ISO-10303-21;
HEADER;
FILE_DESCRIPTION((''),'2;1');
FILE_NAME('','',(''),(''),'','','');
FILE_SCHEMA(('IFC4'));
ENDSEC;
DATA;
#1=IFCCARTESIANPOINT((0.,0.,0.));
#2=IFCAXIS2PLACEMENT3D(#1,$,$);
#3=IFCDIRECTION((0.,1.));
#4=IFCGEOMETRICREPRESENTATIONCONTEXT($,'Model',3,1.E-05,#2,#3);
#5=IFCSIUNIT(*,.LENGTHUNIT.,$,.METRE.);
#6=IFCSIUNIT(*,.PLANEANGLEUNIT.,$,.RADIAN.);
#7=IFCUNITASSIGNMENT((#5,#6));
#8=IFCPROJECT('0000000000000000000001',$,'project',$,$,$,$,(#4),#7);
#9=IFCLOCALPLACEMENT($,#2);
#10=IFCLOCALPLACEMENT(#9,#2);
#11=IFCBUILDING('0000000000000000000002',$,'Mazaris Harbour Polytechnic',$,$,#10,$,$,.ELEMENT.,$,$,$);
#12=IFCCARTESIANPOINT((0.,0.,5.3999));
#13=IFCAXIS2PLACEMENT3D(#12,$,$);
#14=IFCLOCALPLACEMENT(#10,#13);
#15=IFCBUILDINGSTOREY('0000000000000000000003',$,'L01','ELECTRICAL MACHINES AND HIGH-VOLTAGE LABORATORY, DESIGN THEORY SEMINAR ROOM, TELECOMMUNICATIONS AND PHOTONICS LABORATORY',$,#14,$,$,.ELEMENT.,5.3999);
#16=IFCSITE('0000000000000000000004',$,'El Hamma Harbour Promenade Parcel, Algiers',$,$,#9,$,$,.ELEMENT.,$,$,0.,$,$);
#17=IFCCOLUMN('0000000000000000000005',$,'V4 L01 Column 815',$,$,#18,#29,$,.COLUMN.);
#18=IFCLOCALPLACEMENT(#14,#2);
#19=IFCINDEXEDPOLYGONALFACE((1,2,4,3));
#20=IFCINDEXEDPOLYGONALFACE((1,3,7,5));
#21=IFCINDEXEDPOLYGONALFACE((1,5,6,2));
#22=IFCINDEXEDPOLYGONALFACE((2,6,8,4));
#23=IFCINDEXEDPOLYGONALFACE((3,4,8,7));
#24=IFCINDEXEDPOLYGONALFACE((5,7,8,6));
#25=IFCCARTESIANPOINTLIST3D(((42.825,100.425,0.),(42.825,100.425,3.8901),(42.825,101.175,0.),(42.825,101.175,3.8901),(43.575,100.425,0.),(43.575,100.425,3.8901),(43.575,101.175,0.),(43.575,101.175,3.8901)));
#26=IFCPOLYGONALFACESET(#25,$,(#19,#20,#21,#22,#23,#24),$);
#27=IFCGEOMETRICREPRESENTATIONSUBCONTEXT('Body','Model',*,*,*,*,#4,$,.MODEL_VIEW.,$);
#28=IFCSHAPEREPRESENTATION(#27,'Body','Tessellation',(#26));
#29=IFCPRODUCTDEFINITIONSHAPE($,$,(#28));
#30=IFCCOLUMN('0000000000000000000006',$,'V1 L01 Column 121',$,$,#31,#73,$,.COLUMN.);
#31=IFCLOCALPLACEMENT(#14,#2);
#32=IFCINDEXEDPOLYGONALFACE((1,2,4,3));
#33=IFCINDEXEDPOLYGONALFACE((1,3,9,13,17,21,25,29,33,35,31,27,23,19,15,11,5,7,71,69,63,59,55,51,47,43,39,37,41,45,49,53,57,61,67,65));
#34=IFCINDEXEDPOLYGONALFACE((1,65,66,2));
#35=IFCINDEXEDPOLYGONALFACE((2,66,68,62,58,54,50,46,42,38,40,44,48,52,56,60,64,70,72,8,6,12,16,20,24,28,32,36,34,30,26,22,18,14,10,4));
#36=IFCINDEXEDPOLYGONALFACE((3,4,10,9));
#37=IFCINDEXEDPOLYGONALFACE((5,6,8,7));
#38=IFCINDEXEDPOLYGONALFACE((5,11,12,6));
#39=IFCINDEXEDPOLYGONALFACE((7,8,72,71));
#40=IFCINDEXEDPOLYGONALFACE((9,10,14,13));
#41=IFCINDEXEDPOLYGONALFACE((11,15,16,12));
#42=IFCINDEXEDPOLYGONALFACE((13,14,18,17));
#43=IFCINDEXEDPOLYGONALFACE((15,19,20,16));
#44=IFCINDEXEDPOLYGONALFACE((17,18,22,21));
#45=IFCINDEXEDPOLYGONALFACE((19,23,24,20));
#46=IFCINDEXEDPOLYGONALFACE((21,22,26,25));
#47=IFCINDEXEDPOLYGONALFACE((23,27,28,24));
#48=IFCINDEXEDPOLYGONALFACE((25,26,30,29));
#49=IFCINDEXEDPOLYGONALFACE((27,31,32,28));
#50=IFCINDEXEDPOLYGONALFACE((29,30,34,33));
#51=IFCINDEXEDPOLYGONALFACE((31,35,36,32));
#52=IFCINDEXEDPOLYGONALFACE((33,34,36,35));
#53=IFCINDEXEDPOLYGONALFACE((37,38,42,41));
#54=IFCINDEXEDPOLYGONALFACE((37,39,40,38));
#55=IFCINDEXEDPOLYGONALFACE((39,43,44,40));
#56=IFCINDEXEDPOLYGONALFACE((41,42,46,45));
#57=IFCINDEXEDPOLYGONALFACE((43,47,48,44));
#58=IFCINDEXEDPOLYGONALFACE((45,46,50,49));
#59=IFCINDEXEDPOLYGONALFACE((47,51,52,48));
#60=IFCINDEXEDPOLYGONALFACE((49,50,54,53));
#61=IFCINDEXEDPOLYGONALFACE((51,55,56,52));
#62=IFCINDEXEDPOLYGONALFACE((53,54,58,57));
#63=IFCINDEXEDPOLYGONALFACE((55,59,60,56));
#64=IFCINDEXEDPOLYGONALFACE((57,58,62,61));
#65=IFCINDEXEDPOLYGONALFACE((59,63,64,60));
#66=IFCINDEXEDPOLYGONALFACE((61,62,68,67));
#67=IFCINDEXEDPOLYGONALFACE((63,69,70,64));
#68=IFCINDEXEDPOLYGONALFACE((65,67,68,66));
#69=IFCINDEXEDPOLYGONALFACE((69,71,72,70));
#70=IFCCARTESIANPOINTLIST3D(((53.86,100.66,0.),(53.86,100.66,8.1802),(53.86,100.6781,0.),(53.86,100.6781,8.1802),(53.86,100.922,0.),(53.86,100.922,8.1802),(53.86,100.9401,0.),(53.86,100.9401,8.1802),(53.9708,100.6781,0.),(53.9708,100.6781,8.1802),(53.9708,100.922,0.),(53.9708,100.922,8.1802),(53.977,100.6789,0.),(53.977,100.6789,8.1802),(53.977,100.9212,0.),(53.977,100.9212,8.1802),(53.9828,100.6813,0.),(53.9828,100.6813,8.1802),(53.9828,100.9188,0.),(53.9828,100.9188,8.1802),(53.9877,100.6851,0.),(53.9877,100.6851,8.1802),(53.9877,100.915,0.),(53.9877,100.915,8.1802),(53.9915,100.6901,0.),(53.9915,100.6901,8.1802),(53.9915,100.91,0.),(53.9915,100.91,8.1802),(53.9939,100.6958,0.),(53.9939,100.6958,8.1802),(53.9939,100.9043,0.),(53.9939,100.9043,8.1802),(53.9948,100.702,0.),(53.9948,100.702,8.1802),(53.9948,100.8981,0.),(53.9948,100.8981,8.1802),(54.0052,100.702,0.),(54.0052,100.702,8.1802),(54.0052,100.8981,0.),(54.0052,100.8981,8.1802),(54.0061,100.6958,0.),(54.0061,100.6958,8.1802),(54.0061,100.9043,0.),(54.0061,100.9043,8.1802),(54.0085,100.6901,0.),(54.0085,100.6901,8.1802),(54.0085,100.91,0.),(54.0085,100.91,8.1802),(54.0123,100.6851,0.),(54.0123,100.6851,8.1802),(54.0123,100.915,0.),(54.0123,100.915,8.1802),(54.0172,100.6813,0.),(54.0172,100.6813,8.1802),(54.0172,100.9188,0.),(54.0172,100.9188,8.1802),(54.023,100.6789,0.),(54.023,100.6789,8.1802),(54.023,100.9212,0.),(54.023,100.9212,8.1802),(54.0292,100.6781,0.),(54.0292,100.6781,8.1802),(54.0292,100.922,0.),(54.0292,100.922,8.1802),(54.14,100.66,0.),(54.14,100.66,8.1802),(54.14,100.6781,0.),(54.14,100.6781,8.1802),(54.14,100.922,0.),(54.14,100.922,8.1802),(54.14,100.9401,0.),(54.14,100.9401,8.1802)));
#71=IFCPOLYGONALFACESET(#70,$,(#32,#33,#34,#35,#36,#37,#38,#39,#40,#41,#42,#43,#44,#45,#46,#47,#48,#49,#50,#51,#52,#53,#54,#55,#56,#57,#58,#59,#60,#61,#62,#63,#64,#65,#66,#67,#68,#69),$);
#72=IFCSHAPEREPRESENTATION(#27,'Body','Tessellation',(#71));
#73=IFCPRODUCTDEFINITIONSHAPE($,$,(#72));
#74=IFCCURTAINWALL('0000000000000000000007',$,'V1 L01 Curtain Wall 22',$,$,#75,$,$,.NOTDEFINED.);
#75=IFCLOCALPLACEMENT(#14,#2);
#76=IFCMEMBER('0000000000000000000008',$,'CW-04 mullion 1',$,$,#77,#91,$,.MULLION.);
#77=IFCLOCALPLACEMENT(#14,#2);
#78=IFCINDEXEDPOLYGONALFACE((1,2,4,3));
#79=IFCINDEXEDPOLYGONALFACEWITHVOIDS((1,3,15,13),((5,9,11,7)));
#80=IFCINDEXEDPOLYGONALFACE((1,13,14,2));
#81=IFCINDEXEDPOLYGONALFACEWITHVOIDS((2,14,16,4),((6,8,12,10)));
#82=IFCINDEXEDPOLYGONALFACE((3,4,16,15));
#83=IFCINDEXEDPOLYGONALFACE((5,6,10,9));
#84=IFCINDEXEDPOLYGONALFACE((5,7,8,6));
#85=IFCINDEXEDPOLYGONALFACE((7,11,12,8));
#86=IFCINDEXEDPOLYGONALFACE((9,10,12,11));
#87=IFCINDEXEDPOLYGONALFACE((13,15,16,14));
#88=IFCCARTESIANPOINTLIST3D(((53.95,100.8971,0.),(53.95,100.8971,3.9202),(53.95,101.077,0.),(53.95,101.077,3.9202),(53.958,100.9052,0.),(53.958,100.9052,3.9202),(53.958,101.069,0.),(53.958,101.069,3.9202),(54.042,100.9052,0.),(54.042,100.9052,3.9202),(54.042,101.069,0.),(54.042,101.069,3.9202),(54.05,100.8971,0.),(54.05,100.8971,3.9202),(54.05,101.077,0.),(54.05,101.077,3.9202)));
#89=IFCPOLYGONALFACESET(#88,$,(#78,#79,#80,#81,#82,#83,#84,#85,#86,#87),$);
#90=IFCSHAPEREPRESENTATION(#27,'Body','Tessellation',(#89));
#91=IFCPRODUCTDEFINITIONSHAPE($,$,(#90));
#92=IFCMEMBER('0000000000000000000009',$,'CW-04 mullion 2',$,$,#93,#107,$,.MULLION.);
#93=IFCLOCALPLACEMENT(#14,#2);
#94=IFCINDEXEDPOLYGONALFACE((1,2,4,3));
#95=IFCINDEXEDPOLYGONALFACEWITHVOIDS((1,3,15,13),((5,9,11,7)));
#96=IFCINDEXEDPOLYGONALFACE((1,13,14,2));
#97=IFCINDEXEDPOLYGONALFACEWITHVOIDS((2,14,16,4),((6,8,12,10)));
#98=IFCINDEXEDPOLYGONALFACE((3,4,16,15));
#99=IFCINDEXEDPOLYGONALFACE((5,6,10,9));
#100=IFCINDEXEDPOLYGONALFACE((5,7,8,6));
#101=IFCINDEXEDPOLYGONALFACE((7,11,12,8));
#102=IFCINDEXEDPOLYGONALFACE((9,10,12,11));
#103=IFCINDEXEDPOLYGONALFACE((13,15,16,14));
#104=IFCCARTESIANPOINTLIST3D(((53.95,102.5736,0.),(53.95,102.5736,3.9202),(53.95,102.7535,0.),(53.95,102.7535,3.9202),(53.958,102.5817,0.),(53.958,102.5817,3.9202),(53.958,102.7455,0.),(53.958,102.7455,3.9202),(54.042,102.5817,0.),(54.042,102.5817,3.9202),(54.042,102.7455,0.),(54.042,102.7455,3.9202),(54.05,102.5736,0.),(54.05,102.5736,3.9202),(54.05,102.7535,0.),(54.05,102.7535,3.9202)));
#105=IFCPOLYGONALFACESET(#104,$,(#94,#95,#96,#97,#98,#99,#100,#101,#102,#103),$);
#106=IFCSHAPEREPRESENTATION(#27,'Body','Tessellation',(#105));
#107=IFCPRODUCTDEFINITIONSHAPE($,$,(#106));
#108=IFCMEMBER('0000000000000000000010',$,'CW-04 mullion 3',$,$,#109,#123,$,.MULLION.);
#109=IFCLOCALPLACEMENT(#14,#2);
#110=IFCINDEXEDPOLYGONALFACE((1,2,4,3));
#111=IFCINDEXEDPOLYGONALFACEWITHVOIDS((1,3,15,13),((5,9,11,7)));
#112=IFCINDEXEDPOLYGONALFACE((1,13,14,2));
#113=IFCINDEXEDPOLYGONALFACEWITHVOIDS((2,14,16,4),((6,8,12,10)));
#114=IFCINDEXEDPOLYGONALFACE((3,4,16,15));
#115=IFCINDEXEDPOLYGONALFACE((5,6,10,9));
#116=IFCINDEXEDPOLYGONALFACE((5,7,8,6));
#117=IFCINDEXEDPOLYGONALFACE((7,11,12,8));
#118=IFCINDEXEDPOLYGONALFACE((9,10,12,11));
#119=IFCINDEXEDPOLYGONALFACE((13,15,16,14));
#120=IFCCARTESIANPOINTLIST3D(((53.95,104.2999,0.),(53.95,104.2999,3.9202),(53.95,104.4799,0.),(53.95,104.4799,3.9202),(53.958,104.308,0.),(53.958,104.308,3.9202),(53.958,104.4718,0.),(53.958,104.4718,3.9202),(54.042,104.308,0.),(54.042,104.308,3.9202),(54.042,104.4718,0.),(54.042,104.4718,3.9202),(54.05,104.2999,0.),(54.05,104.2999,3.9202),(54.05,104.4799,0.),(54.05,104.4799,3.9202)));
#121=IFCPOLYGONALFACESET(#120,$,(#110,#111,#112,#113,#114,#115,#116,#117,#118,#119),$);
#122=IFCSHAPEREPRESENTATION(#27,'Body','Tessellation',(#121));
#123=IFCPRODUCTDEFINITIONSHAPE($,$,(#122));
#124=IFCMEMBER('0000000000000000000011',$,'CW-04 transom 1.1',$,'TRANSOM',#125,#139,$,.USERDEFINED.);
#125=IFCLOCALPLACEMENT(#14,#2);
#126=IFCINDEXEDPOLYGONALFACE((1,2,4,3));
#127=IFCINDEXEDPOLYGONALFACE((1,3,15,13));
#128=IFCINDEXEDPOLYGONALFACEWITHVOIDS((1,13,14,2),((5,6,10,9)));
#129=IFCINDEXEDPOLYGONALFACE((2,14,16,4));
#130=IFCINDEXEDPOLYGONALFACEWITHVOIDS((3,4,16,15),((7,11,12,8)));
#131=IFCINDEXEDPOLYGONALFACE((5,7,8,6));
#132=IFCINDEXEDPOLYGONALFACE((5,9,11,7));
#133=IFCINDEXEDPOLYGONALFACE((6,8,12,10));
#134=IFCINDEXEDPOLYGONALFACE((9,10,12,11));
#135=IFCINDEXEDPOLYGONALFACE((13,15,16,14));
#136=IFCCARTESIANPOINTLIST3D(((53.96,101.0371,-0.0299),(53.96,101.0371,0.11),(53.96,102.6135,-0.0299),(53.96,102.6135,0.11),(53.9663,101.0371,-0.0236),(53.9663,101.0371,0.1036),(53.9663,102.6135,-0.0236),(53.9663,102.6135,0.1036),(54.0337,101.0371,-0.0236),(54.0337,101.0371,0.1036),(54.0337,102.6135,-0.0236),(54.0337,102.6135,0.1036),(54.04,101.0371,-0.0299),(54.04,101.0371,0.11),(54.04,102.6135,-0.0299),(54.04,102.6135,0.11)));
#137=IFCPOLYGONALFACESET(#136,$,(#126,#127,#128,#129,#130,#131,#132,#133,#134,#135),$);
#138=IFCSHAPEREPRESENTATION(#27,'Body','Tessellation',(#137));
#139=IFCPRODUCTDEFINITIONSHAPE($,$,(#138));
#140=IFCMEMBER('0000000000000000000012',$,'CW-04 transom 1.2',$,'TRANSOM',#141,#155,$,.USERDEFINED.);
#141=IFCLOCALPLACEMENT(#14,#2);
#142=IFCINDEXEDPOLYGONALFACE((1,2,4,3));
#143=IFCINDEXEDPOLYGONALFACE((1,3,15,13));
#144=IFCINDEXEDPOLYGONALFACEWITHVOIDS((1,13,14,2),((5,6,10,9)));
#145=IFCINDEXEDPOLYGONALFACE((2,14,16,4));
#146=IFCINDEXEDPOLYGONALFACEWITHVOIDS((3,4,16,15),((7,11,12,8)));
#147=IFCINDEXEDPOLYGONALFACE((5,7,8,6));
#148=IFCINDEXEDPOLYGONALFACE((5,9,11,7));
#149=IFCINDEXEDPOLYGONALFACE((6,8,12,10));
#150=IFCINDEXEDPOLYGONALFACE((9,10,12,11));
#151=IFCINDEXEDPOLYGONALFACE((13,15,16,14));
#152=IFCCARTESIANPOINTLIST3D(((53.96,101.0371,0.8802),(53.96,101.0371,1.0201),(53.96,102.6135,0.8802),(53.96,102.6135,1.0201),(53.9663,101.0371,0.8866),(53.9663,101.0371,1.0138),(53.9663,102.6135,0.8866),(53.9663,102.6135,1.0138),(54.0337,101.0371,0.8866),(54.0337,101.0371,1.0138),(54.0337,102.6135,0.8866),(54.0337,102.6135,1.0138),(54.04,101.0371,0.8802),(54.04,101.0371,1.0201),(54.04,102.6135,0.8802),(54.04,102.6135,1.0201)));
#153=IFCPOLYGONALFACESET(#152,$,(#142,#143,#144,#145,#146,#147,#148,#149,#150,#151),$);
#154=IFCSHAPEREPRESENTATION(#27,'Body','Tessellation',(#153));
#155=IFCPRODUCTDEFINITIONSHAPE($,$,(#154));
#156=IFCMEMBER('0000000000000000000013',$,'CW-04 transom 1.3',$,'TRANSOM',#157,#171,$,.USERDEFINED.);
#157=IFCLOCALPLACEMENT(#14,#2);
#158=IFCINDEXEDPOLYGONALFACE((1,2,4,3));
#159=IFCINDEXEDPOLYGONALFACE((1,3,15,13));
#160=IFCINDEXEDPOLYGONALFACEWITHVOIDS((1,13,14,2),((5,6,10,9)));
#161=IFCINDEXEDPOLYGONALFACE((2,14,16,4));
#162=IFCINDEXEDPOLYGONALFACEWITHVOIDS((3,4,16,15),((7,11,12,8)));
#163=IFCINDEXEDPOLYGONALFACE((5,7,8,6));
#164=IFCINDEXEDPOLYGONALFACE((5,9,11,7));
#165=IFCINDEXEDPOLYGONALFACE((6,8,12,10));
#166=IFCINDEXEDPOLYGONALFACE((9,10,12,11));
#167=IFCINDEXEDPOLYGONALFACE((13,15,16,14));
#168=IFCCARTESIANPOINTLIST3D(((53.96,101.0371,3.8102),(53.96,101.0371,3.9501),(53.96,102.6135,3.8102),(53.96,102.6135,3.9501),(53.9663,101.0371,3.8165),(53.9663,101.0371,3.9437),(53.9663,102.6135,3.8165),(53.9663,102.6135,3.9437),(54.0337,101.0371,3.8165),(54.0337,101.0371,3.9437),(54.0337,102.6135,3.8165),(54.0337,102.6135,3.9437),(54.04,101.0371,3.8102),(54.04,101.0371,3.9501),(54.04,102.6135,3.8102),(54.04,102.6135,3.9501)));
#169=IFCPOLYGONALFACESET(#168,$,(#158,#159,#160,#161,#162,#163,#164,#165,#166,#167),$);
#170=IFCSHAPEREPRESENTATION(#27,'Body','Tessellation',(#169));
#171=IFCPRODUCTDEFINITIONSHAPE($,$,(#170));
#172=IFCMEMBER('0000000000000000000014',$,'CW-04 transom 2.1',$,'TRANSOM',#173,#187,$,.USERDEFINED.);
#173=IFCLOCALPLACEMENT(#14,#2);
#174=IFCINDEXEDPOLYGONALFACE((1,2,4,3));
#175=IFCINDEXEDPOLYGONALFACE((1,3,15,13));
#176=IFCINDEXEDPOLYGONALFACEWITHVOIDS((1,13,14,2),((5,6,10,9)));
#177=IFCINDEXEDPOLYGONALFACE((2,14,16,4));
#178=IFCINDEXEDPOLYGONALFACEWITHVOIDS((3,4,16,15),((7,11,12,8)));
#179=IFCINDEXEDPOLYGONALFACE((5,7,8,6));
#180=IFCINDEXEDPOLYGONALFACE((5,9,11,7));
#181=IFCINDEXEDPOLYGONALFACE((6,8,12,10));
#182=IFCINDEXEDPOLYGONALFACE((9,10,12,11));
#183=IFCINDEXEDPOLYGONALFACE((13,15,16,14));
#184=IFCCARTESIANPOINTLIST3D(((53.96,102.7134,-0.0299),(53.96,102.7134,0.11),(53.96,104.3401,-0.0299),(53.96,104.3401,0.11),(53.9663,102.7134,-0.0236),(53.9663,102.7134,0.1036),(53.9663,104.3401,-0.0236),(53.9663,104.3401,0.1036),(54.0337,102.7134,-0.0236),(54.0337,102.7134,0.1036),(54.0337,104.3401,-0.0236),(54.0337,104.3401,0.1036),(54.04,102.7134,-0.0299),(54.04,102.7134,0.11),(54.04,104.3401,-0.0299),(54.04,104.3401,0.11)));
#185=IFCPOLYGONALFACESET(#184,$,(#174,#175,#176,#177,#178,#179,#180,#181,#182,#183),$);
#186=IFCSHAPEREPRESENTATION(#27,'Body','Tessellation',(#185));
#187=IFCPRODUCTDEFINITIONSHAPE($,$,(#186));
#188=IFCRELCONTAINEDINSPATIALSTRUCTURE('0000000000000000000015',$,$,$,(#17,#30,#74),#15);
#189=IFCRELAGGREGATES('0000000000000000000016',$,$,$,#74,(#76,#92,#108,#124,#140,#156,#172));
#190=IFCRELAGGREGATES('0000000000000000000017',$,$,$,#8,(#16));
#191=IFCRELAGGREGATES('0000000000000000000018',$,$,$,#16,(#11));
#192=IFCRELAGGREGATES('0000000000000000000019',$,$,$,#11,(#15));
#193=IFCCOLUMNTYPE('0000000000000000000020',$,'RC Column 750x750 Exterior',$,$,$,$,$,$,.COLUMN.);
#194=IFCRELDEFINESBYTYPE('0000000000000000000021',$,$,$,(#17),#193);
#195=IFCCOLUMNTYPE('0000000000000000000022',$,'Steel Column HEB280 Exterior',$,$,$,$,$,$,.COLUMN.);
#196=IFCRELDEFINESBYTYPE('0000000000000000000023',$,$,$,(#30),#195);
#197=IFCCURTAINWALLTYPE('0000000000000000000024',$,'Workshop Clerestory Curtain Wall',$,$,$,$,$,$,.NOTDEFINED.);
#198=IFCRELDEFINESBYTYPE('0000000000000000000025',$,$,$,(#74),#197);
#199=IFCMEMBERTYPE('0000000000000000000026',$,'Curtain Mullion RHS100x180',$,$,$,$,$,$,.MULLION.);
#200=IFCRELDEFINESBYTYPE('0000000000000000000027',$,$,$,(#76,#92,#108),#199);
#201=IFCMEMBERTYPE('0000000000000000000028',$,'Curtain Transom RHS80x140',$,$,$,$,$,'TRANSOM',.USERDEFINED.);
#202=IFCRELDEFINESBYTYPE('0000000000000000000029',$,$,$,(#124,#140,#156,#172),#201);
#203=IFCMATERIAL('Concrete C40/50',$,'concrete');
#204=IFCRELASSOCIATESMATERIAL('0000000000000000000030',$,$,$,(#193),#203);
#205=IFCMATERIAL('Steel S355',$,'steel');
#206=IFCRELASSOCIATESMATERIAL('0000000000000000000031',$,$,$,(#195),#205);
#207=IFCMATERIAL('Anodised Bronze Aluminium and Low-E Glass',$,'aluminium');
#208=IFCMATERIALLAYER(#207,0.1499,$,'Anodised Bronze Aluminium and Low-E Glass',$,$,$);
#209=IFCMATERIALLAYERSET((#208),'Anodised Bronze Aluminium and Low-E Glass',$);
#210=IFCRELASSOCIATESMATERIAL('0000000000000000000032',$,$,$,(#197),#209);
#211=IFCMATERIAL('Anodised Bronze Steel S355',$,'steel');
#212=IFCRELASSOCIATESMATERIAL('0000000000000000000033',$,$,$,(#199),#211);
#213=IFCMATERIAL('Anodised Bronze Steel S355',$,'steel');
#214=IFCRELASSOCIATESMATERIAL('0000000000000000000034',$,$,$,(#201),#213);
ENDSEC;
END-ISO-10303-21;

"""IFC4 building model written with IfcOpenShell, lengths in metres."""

from ifc_helpers import new_model, si_unit, direction, frame, origin, origin_2d, place, context, subcontext, project, spatial, rectangle, hollow_rectangle, i_section, extrude, material, layer, layer_set, material_profile, profile_set, type_object, element, aggregate, save


model = new_model("IFC4")

# Units and contexts
model_context = context("Model", 3, precision=1e-05, world=origin(), true_north=direction((0.0, 1.0)))
body_context = subcontext(model_context, "Body", "Model", "MODEL_VIEW")
ifc_project = project(units=[si_unit("LENGTHUNIT", "METRE"), si_unit("PLANEANGLEUNIT", "RADIAN")], contexts=[model_context])

# Site, building, storey
site_placement = place(None, origin())
site = spatial("IfcSite", under=ifc_project, at=site_placement, Name="El Hamma Harbour Promenade Parcel, Algiers", CompositionType="ELEMENT", RefElevation=0.0)
building_placement = place(site_placement, origin())
building = spatial("IfcBuilding", under=site, at=building_placement, Name="Mazaris Harbour Polytechnic", CompositionType="ELEMENT")
storey_placement = place(building_placement, frame((0.0, 0.0, 5.3999)))
storey = spatial("IfcBuildingStorey", under=building, at=storey_placement, Name="L01", Description="ELECTRICAL MACHINES AND HIGH-VOLTAGE LABORATORY, DESIGN THEORY SEMINAR ROOM, TELECOMMUNICATIONS AND PHOTONICS LABORATORY", CompositionType="ELEMENT", Elevation=5.3999)

# Columns
ifc_material_1 = material(Name="Concrete C40/50", Category="concrete")
ifc_material_profile_1 = material_profile(ifc_material_1, rectangle(XDim=0.75, YDim=0.75, at=origin_2d()), Name="RECT750x750")
ifc_profile_set_1 = profile_set([ifc_material_profile_1], Name="Concrete C40/50")
column_type_1 = type_object("IfcColumnType", Name="RC Column 750x750 Exterior", PredefinedType="COLUMN", material=ifc_profile_set_1)
column_1_placement = place(storey_placement, frame((43.2, 100.8, 0.0), z_axis=(0.0, 0.0, 1.0), x_axis=(1.0, 0.0, 0.0)))
element("IfcColumn", 1, at=column_1_placement, inside=storey, type_object=column_type_1, Name="V4 L01 Column 815", PredefinedType="COLUMN", context=body_context, shape_type="SweptSolid", body=[
    extrude(rectangle(XDim=0.75, YDim=0.75, at=origin_2d()), origin(), (0.0, 0.0, 1.0), 3.8901),
])
ifc_material_2 = material(Name="Steel S355", Category="steel")
ifc_material_profile_2 = material_profile(ifc_material_2, i_section(OverallWidth=0.28, OverallDepth=0.28, WebThickness=0.0105, FlangeThickness=0.0181, FilletRadius=0.0239, at=origin_2d()), Name="HEB 280")
ifc_profile_set_2 = profile_set([ifc_material_profile_2], Name="Steel S355")
column_type_2 = type_object("IfcColumnType", Name="Steel Column HEB280 Exterior", PredefinedType="COLUMN", material=ifc_profile_set_2)
column_2_placement = place(storey_placement, frame((54.0, 100.8, 0.0), z_axis=(0.0, 0.0, 1.0), x_axis=(1.0, 0.0, 0.0)))
element("IfcColumn", 2, at=column_2_placement, inside=storey, type_object=column_type_2, Name="V1 L01 Column 121", PredefinedType="COLUMN", context=body_context, shape_type="SweptSolid", body=[
    extrude(i_section(OverallWidth=0.28, OverallDepth=0.28, WebThickness=0.0105, FlangeThickness=0.0181, FilletRadius=0.0239, at=origin_2d()), origin(), (0.0, 0.0, 1.0), 8.1802),
])

# Curtain wall, members
ifc_material_3 = material(Name="Anodised Bronze Aluminium and Low-E Glass", Category="aluminium")
ifc_layer_1 = layer(ifc_material_3, 0.1499, Name="Anodised Bronze Aluminium and Low-E Glass")
ifc_layer_set_1 = layer_set([ifc_layer_1], Name="Anodised Bronze Aluminium and Low-E Glass")
curtain_wall_type = type_object("IfcCurtainWallType", Name="Workshop Clerestory Curtain Wall", PredefinedType="NOTDEFINED", material=ifc_layer_set_1)
curtain_wall_placement = place(storey_placement, origin())
curtain_wall = element("IfcCurtainWall", 3, at=curtain_wall_placement, inside=storey, type_object=curtain_wall_type, Name="V1 L01 Curtain Wall 22", PredefinedType="NOTDEFINED")
ifc_material_4 = material(Name="Anodised Bronze Steel S355", Category="steel")
ifc_material_profile_3 = material_profile(ifc_material_4, hollow_rectangle(XDim=0.1001, YDim=0.1799, WallThickness=0.0081, at=origin_2d()), Name="RHS 100x180x8.0")
ifc_profile_set_3 = profile_set([ifc_material_profile_3], Name="Anodised Bronze Steel S355")
member_type_1 = type_object("IfcMemberType", Name="Curtain Mullion RHS100x180", PredefinedType="MULLION", material=ifc_profile_set_3)
member_1_placement = place(storey_placement, frame((54.0, 100.9871, 0.0), z_axis=(0.0, 0.0, 1.0), x_axis=(-1.0, 0.0, 0.0)))
member_1 = element("IfcMember", 4, at=member_1_placement, type_object=member_type_1, Name="CW-04 mullion 1", PredefinedType="MULLION", context=body_context, shape_type="SweptSolid", body=[
    extrude(hollow_rectangle(XDim=0.1001, YDim=0.1799, WallThickness=0.0081, at=origin_2d()), origin(), (0.0, 0.0, 1.0), 3.9202),
])
member_2_placement = place(storey_placement, frame((54.0, 102.6636, 0.0), z_axis=(0.0, 0.0, 1.0), x_axis=(-1.0, 0.0, 0.0)))
member_2 = element("IfcMember", 5, at=member_2_placement, type_object=member_type_1, Name="CW-04 mullion 2", PredefinedType="MULLION", context=body_context, shape_type="SweptSolid", body=[
    extrude(hollow_rectangle(XDim=0.1001, YDim=0.1799, WallThickness=0.0081, at=origin_2d()), origin(), (0.0, 0.0, 1.0), 3.9202),
])
member_3_placement = place(storey_placement, frame((54.0, 104.3899, 0.0), z_axis=(0.0, 0.0, 1.0), x_axis=(-1.0, 0.0, 0.0)))
member_3 = element("IfcMember", 6, at=member_3_placement, type_object=member_type_1, Name="CW-04 mullion 3", PredefinedType="MULLION", context=body_context, shape_type="SweptSolid", body=[
    extrude(hollow_rectangle(XDim=0.1001, YDim=0.1799, WallThickness=0.0081, at=origin_2d()), origin(), (0.0, 0.0, 1.0), 3.9202),
])
ifc_material_5 = material(Name="Anodised Bronze Steel S355", Category="steel")
ifc_material_profile_4 = material_profile(ifc_material_5, hollow_rectangle(XDim=0.0801, YDim=0.1399, WallThickness=0.0063, at=origin_2d()), Name="RHS 80x140x6.3")
ifc_profile_set_4 = profile_set([ifc_material_profile_4], Name="Anodised Bronze Steel S355")
member_type_2 = type_object("IfcMemberType", Name="Curtain Transom RHS80x140", ElementType="TRANSOM", PredefinedType="USERDEFINED", material=ifc_profile_set_4)
member_4_placement = place(storey_placement, frame((54.0, 101.0371, 0.04), z_axis=(0.0, 1.0, 0.0), x_axis=(-1.0, 0.0, 0.0)))
member_4 = element("IfcMember", 7, at=member_4_placement, type_object=member_type_2, Name="CW-04 transom 1.1", ObjectType="TRANSOM", PredefinedType="USERDEFINED", context=body_context, shape_type="SweptSolid", body=[
    extrude(hollow_rectangle(XDim=0.0801, YDim=0.1399, WallThickness=0.0063, at=origin_2d()), origin(), (0.0, 0.0, 1.0), 1.5764),
])
member_5_placement = place(storey_placement, frame((54.0, 101.0371, 0.9502), z_axis=(0.0, 1.0, 0.0), x_axis=(-1.0, 0.0, 0.0)))
member_5 = element("IfcMember", 8, at=member_5_placement, type_object=member_type_2, Name="CW-04 transom 1.2", ObjectType="TRANSOM", PredefinedType="USERDEFINED", context=body_context, shape_type="SweptSolid", body=[
    extrude(hollow_rectangle(XDim=0.0801, YDim=0.1399, WallThickness=0.0063, at=origin_2d()), origin(), (0.0, 0.0, 1.0), 1.5764),
])
member_6_placement = place(storey_placement, frame((54.0, 101.0371, 3.8801), z_axis=(0.0, 1.0, 0.0), x_axis=(-1.0, 0.0, 0.0)))
member_6 = element("IfcMember", 9, at=member_6_placement, type_object=member_type_2, Name="CW-04 transom 1.3", ObjectType="TRANSOM", PredefinedType="USERDEFINED", context=body_context, shape_type="SweptSolid", body=[
    extrude(hollow_rectangle(XDim=0.0801, YDim=0.1399, WallThickness=0.0063, at=origin_2d()), origin(), (0.0, 0.0, 1.0), 1.5764),
])
member_7_placement = place(storey_placement, frame((54.0, 102.7134, 0.04), z_axis=(0.0, 1.0, 0.0), x_axis=(-1.0, 0.0, 0.0)))
member_7 = element("IfcMember", 10, at=member_7_placement, type_object=member_type_2, Name="CW-04 transom 2.1", ObjectType="TRANSOM", PredefinedType="USERDEFINED", context=body_context, shape_type="SweptSolid", body=[
    extrude(hollow_rectangle(XDim=0.0801, YDim=0.1399, WallThickness=0.0063, at=origin_2d()), origin(), (0.0, 0.0, 1.0), 1.6267),
])

aggregate(curtain_wall, [member_1, member_2, member_3, member_4, member_5, member_6, member_7])

save(model, "model.ifc")
